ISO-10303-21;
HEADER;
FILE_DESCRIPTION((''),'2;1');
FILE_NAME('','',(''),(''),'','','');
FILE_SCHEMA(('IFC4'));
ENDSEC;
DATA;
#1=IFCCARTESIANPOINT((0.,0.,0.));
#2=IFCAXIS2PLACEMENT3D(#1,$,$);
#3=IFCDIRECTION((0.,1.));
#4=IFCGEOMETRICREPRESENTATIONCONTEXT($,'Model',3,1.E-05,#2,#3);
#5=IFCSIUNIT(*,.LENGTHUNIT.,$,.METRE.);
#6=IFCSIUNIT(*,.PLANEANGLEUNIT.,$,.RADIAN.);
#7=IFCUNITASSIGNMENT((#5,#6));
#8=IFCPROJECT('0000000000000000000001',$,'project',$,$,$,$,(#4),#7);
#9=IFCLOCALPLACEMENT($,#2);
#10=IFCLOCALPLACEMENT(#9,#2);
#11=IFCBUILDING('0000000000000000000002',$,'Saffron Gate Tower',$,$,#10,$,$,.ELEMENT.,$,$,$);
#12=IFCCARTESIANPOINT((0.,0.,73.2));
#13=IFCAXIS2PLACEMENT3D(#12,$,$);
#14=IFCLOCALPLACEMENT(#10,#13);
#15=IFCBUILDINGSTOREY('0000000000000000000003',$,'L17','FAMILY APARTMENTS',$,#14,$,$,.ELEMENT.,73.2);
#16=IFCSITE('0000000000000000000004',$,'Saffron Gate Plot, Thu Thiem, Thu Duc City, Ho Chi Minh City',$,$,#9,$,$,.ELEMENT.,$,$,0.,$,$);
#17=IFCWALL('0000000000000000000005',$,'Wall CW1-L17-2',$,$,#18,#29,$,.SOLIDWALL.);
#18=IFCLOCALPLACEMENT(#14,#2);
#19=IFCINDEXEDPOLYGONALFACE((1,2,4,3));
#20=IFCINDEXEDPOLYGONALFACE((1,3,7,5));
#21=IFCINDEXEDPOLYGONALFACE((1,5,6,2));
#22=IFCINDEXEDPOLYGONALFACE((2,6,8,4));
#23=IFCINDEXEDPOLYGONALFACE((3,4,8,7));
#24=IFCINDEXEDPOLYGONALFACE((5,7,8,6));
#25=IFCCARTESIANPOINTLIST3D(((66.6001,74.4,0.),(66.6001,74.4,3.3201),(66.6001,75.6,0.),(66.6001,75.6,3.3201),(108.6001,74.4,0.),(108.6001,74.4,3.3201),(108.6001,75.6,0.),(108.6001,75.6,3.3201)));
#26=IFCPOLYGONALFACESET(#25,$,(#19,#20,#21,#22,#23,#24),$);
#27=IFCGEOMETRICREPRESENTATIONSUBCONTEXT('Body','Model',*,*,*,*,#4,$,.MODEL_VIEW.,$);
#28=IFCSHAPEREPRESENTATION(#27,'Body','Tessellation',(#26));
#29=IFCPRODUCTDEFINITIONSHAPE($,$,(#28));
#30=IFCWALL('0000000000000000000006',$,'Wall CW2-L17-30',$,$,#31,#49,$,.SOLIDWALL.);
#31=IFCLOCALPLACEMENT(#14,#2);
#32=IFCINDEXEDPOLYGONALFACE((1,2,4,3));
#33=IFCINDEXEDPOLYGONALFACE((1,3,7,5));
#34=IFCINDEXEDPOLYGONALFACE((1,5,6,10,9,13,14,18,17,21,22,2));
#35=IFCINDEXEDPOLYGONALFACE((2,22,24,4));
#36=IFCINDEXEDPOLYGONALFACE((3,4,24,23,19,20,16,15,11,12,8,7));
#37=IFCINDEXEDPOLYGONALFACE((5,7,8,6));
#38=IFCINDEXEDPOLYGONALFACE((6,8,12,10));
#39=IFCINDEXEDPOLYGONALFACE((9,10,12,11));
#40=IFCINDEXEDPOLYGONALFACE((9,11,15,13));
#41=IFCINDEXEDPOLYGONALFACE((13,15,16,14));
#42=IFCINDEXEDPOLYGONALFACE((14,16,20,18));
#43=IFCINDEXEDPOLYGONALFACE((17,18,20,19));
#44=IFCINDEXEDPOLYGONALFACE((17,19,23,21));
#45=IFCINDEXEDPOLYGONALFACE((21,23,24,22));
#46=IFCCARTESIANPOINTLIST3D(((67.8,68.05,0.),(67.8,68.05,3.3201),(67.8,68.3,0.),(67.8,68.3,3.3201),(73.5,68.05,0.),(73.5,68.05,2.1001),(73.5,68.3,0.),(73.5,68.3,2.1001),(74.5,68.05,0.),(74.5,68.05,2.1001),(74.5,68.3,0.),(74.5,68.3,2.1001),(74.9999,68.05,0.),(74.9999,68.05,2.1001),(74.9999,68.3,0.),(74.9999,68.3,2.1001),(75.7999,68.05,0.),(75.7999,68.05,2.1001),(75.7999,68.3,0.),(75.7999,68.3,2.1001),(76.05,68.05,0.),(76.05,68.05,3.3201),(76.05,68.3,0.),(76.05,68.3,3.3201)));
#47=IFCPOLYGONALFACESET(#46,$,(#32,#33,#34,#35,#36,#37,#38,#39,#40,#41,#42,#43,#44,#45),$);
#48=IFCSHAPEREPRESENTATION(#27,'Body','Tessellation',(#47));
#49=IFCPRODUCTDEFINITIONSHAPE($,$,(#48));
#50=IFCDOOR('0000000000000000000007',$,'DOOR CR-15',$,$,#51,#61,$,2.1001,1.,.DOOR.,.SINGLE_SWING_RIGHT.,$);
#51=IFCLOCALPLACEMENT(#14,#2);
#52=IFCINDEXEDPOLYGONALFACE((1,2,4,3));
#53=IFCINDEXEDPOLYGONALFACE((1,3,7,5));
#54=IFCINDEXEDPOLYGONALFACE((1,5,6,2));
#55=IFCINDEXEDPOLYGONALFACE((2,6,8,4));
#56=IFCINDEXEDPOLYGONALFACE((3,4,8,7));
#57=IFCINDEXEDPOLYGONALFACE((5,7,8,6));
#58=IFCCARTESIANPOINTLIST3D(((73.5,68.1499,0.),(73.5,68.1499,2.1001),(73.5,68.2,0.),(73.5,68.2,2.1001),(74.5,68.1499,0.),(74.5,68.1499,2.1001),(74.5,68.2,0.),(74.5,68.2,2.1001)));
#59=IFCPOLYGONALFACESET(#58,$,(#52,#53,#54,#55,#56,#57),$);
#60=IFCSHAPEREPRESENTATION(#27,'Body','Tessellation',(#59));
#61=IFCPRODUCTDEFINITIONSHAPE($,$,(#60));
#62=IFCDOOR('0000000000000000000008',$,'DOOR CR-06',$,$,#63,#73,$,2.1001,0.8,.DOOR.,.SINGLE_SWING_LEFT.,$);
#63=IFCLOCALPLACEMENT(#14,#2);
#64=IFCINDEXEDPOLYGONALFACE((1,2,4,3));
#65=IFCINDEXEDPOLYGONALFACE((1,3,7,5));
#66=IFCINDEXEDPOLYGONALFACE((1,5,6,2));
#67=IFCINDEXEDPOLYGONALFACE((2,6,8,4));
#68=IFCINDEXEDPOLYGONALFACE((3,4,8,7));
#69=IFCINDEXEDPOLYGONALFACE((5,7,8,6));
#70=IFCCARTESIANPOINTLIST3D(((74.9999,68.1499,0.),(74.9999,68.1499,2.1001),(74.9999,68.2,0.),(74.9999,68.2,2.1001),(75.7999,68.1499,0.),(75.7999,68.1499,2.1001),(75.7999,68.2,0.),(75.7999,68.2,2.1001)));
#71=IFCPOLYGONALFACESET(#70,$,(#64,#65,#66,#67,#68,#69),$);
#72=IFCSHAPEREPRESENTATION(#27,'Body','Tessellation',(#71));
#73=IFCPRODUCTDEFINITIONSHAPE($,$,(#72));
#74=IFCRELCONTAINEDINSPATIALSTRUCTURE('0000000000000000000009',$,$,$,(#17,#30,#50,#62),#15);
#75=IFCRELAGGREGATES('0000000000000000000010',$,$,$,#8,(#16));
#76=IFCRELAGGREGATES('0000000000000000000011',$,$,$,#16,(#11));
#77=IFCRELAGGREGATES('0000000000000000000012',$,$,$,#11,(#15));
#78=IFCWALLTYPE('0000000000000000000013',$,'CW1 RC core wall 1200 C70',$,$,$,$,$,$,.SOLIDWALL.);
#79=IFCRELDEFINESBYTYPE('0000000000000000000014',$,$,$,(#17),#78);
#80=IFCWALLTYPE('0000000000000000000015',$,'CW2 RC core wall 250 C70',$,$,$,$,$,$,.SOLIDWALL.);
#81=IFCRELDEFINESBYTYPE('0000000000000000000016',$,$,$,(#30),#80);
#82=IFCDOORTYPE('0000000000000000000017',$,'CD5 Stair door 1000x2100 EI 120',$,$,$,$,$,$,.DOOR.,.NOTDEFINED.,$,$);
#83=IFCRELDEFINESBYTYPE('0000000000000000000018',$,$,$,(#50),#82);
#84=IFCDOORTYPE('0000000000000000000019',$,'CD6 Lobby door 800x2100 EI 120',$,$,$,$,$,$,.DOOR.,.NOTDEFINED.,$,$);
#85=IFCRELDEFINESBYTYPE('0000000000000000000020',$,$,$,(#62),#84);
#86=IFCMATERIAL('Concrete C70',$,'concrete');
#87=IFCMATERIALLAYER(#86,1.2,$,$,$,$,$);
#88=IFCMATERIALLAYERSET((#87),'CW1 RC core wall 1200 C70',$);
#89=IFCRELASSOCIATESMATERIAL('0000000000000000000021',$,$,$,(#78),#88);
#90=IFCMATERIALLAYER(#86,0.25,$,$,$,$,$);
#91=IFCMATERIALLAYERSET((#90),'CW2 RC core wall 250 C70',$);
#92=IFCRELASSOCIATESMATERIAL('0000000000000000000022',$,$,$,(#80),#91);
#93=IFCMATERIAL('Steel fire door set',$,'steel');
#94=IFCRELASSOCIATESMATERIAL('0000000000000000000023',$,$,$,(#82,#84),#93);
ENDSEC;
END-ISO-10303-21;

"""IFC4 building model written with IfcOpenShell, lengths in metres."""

from ifc_helpers import new_model, si_unit, direction, frame, frame_2d, origin, place, context, subcontext, project, spatial, rectangle, extrude, material, layer, layer_set, type_object, element, fill, save


model = new_model("IFC4")

# Units and contexts
model_context = context("Model", 3, precision=1e-05, world=origin(), true_north=direction((0.0, 1.0)))
body_context = subcontext(model_context, "Body", "Model", "MODEL_VIEW")
ifc_project = project(units=[si_unit("LENGTHUNIT", "METRE"), si_unit("PLANEANGLEUNIT", "RADIAN")], contexts=[model_context])

# Site, building, storey
site_placement = place(None, origin())
site = spatial("IfcSite", under=ifc_project, at=site_placement, Name="Saffron Gate Plot, Thu Thiem, Thu Duc City, Ho Chi Minh City", CompositionType="ELEMENT", RefElevation=0.0)
building_placement = place(site_placement, origin())
building = spatial("IfcBuilding", under=site, at=building_placement, Name="Saffron Gate Tower", CompositionType="ELEMENT")
storey_placement = place(building_placement, frame((0.0, 0.0, 73.2)))
storey = spatial("IfcBuildingStorey", under=building, at=storey_placement, Name="L17", Description="FAMILY APARTMENTS", CompositionType="ELEMENT", Elevation=73.2)

# Wall
ifc_material_1 = material(Name="Concrete C70", Category="concrete")
ifc_layer_1 = layer(ifc_material_1, 1.2)
ifc_layer_set_1 = layer_set([ifc_layer_1], Name="CW1 RC core wall 1200 C70")
wall_type_1 = type_object("IfcWallType", Name="CW1 RC core wall 1200 C70", PredefinedType="SOLIDWALL", material=ifc_layer_set_1)
wall_1_placement = place(storey_placement, frame((66.6001, 75.0, 0.0), z_axis=(0.0, 0.0, 1.0), x_axis=(1.0, 0.0, 0.0)))
element("IfcWall", 1, at=wall_1_placement, inside=storey, type_object=wall_type_1, Name="Wall CW1-L17-2", PredefinedType="SOLIDWALL", context=body_context, shape_type="SweptSolid", body=[
    extrude(rectangle(XDim=42.0, YDim=1.2, at=frame_2d((21.0, 0.0))), origin(), (0.0, 0.0, 1.0), 3.3201),
])

# Wall, openings, doors
ifc_layer_2 = layer(ifc_material_1, 0.25)
ifc_layer_set_2 = layer_set([ifc_layer_2], Name="CW2 RC core wall 250 C70")
wall_type_2 = type_object("IfcWallType", Name="CW2 RC core wall 250 C70", PredefinedType="SOLIDWALL", material=ifc_layer_set_2)
wall_2_placement = place(storey_placement, frame((67.8, 68.175, 0.0), z_axis=(0.0, 0.0, 1.0), x_axis=(1.0, 0.0, 0.0)))
wall_2 = element("IfcWall", 2, at=wall_2_placement, inside=storey, type_object=wall_type_2, Name="Wall CW2-L17-30", PredefinedType="SOLIDWALL", context=body_context, shape_type="SweptSolid", body=[
    extrude(rectangle(XDim=8.25, YDim=0.25, at=frame_2d((4.125, 0.0))), origin(), (0.0, 0.0, 1.0), 3.3201),
])
opening_1_placement = place(wall_2_placement, frame((5.7, 0.0, 0.0)))
opening_1 = element("IfcOpeningElement", 3, at=opening_1_placement, cuts=wall_2, PredefinedType="OPENING", context=body_context, shape_type="SweptSolid", body=[
    extrude(rectangle(XDim=1.0, YDim=2.1001, at=frame_2d((0.5, 1.05))), frame((0.0, 0.135, 0.0), z_axis=(0.0, -1.0, 0.0), x_axis=(1.0, 0.0, 0.0)), (0.0, 0.0, 1.0), 0.27),
])
opening_2_placement = place(wall_2_placement, frame((7.2, 0.0, 0.0)))
opening_2 = element("IfcOpeningElement", 4, at=opening_2_placement, cuts=wall_2, PredefinedType="OPENING", context=body_context, shape_type="SweptSolid", body=[
    extrude(rectangle(XDim=0.8, YDim=2.1001, at=frame_2d((0.3999, 1.05))), frame((0.0, 0.135, 0.0), z_axis=(0.0, -1.0, 0.0), x_axis=(1.0, 0.0, 0.0)), (0.0, 0.0, 1.0), 0.27),
])
ifc_material_2 = material(Name="Steel fire door set", Category="steel")
door_type_1 = type_object("IfcDoorType", Name="CD5 Stair door 1000x2100 EI 120", OperationType="NOTDEFINED", PredefinedType="DOOR", material=ifc_material_2)
door_1_placement = place(opening_1_placement, origin())
door_1 = element("IfcDoor", 5, at=door_1_placement, inside=storey, type_object=door_type_1, Name="DOOR CR-15", OperationType="SINGLE_SWING_RIGHT", OverallHeight=2.1001, OverallWidth=1.0, PredefinedType="DOOR", context=body_context, shape_type="SweptSolid", body=[
    extrude(rectangle(XDim=1.0, YDim=2.1001, at=frame_2d((0.5, 1.05))), frame((0.0, 0.0249, 0.0), z_axis=(0.0, -1.0, 0.0), x_axis=(1.0, 0.0, 0.0)), (0.0, 0.0, 1.0), 0.05),
])
fill(opening_1, door_1)
door_type_2 = type_object("IfcDoorType", Name="CD6 Lobby door 800x2100 EI 120", OperationType="NOTDEFINED", PredefinedType="DOOR", material=ifc_material_2)
door_2_placement = place(opening_2_placement, origin())
door_2 = element("IfcDoor", 6, at=door_2_placement, inside=storey, type_object=door_type_2, Name="DOOR CR-06", OperationType="SINGLE_SWING_LEFT", OverallHeight=2.1001, OverallWidth=0.8, PredefinedType="DOOR", context=body_context, shape_type="SweptSolid", body=[
    extrude(rectangle(XDim=0.8, YDim=2.1001, at=frame_2d((0.3999, 1.05))), frame((0.0, 0.0249, 0.0), z_axis=(0.0, -1.0, 0.0), x_axis=(1.0, 0.0, 0.0)), (0.0, 0.0, 1.0), 0.05),
])
fill(opening_2, door_2)

save(model, "model.ifc")
